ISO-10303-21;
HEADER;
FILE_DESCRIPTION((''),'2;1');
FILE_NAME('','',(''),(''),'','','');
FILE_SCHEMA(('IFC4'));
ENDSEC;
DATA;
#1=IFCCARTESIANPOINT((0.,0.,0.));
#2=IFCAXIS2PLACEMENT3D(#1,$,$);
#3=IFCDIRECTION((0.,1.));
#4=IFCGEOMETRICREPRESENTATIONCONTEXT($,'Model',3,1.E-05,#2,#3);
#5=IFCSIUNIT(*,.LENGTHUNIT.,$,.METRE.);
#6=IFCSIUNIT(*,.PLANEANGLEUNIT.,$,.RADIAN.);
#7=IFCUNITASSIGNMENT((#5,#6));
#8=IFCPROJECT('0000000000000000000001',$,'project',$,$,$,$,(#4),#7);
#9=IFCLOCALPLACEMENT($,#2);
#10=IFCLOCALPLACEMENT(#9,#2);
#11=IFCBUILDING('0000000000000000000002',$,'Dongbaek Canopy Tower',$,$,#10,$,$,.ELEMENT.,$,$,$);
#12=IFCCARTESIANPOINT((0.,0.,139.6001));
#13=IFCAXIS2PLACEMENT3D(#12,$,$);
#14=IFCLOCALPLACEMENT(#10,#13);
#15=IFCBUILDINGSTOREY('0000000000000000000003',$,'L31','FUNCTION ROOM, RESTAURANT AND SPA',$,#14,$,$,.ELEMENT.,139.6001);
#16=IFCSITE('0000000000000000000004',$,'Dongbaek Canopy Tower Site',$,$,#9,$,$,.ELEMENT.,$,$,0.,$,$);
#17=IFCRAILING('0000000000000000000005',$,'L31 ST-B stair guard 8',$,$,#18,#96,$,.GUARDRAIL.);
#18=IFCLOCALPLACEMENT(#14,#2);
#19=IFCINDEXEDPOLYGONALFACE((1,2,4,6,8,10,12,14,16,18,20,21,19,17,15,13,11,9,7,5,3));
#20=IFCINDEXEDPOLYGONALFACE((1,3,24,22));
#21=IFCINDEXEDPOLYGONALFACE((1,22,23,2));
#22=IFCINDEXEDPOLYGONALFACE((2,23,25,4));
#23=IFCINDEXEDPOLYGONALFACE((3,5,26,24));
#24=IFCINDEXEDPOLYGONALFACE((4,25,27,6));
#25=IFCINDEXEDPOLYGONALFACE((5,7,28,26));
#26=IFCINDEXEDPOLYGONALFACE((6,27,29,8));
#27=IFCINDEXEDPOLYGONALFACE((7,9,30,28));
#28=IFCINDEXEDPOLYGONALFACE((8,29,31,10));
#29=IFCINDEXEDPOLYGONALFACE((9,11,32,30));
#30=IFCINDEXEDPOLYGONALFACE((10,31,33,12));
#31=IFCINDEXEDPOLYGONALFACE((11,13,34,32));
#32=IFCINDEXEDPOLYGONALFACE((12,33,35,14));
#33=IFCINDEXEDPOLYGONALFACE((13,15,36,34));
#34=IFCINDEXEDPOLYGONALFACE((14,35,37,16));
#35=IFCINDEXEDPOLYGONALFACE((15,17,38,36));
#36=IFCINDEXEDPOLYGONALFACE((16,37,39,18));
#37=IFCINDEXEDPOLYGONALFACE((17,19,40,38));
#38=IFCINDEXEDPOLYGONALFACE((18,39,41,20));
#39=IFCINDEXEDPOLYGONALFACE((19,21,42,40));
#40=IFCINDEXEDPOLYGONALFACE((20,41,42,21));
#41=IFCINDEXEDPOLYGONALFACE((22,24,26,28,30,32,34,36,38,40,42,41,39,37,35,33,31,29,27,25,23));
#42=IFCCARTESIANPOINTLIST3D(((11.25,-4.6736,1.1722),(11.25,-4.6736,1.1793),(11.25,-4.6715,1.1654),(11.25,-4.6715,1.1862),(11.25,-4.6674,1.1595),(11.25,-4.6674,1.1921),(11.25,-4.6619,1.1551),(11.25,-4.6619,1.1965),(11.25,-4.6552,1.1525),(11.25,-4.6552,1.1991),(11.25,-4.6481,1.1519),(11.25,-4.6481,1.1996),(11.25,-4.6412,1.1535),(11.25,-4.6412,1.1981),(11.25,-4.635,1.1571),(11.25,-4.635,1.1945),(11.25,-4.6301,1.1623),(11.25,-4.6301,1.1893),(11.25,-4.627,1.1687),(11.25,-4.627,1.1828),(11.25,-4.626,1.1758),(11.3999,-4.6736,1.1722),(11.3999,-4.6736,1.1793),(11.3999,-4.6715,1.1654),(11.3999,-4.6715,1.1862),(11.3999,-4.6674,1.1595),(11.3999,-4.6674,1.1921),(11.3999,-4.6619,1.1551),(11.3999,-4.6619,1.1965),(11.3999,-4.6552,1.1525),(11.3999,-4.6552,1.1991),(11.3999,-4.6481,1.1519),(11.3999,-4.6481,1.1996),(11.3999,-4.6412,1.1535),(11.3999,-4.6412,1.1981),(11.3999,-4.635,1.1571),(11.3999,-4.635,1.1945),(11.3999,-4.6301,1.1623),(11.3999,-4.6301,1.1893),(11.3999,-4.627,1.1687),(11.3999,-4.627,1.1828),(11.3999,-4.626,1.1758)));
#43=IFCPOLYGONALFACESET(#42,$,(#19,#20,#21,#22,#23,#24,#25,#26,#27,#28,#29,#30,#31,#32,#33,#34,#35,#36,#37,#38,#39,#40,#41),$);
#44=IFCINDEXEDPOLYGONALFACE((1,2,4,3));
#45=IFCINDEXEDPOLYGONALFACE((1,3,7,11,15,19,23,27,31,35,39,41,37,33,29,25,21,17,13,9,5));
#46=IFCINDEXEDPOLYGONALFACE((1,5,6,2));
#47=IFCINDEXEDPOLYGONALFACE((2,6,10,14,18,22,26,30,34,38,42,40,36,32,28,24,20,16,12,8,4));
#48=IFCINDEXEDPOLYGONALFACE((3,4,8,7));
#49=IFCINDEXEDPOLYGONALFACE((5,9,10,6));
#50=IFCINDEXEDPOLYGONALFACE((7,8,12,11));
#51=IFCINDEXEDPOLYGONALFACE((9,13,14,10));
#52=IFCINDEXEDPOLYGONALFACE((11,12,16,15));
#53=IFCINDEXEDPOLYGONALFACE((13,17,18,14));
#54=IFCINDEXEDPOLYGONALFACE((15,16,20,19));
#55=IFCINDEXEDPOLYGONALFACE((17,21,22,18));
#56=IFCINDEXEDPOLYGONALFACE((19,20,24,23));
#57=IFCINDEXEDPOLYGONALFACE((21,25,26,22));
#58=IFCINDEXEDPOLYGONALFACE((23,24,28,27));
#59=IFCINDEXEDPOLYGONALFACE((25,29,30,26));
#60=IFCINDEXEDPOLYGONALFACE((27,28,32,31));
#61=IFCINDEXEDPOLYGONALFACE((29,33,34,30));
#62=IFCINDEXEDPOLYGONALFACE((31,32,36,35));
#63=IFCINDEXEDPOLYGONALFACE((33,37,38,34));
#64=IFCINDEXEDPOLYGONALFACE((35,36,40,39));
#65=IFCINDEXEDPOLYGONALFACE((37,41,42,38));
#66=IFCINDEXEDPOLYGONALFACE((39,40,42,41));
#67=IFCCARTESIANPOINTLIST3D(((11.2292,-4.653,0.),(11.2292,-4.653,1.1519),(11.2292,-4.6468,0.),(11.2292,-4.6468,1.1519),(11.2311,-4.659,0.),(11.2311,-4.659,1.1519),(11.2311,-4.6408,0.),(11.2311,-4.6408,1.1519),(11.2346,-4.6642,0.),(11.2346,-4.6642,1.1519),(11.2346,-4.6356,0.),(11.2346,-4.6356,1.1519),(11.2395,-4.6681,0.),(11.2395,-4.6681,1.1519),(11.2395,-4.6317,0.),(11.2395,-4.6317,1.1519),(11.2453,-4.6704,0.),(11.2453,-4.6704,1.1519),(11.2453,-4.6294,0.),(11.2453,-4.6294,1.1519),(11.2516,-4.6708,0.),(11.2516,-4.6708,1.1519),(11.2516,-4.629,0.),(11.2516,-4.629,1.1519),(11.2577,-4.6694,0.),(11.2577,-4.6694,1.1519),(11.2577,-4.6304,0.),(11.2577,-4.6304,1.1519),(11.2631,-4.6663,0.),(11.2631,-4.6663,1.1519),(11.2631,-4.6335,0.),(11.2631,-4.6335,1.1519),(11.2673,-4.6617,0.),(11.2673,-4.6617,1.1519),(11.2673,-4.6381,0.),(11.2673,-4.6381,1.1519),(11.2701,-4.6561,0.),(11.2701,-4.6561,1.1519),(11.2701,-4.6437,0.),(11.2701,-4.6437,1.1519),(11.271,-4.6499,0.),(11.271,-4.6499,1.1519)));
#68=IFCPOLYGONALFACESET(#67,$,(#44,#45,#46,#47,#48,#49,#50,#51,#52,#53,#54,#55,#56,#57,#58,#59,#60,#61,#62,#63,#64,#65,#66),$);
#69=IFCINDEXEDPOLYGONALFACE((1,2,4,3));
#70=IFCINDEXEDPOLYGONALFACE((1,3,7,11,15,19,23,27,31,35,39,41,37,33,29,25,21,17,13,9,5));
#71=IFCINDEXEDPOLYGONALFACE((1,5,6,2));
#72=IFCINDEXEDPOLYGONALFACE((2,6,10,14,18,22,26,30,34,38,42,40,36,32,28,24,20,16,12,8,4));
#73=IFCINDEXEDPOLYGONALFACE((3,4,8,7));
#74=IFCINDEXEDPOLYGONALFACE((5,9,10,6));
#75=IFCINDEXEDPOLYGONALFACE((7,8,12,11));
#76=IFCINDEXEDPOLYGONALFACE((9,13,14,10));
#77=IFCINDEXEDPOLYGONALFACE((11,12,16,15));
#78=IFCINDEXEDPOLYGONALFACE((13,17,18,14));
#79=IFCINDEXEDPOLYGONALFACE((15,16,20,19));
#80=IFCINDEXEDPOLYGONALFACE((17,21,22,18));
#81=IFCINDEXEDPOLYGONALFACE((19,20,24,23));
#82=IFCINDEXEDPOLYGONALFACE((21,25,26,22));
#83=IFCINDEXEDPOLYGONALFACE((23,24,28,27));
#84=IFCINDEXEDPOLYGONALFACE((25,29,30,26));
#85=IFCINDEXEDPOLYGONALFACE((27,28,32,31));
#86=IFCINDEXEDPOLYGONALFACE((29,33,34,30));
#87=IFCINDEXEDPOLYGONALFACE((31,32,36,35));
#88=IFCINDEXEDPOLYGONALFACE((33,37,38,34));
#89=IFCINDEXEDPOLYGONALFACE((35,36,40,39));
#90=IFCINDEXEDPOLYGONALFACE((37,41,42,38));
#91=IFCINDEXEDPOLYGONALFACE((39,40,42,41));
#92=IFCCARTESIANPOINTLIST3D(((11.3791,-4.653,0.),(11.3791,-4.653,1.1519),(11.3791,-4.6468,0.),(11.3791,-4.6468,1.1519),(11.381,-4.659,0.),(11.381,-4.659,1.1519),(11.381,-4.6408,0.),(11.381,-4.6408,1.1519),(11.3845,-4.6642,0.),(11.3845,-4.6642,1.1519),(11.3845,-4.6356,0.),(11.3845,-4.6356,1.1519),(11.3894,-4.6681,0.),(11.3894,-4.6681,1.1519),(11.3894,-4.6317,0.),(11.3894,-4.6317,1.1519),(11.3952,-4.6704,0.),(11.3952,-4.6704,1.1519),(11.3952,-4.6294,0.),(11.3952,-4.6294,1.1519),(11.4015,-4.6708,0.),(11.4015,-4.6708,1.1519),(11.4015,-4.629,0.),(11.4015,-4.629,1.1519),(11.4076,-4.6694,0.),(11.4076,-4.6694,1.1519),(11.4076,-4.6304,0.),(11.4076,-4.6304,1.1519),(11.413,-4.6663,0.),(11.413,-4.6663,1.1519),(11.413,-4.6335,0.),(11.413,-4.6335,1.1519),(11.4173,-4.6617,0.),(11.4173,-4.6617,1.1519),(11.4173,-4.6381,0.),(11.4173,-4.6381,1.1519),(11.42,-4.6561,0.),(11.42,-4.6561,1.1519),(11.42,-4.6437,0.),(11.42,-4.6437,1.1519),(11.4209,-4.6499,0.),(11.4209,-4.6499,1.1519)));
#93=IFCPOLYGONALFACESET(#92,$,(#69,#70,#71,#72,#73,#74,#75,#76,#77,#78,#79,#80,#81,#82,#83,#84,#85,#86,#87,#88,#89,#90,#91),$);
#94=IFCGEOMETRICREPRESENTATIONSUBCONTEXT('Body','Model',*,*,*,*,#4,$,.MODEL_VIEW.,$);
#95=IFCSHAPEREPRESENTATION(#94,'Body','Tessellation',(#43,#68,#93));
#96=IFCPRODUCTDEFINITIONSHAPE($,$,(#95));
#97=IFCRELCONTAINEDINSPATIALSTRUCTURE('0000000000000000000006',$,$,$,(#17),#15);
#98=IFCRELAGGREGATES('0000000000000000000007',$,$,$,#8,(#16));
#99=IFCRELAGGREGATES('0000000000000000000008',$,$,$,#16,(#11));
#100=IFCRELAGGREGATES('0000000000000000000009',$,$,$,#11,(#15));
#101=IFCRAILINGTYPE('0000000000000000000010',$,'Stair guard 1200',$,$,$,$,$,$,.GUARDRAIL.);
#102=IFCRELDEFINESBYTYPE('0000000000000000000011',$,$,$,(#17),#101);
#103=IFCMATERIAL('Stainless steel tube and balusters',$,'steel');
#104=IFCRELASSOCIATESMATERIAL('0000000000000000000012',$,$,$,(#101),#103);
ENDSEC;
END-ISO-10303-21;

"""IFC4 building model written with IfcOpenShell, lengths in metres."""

from ifc_helpers import new_model, si_unit, direction, frame, origin, origin_2d, place, context, subcontext, project, spatial, circle, extrude, material, type_object, element, save


model = new_model("IFC4")

# Units and contexts
model_context = context("Model", 3, precision=1e-05, world=origin(), true_north=direction((0.0, 1.0)))
body_context = subcontext(model_context, "Body", "Model", "MODEL_VIEW")
ifc_project = project(units=[si_unit("LENGTHUNIT", "METRE"), si_unit("PLANEANGLEUNIT", "RADIAN")], contexts=[model_context])

# Site, building, storey
site_placement = place(None, origin())
site = spatial("IfcSite", under=ifc_project, at=site_placement, Name="Dongbaek Canopy Tower Site", CompositionType="ELEMENT", RefElevation=0.0)
building_placement = place(site_placement, origin())
building = spatial("IfcBuilding", under=site, at=building_placement, Name="Dongbaek Canopy Tower", CompositionType="ELEMENT")
storey_placement = place(building_placement, frame((0.0, 0.0, 139.6001)))
storey = spatial("IfcBuildingStorey", under=building, at=storey_placement, Name="L31", Description="FUNCTION ROOM, RESTAURANT AND SPA", CompositionType="ELEMENT", Elevation=139.6001)

# Railing
ifc_material_1 = material(Name="Stainless steel tube and balusters", Category="steel")
railing_type_1 = type_object("IfcRailingType", Name="Stair guard 1200", PredefinedType="GUARDRAIL", material=ifc_material_1)
railing_1_placement = place(storey_placement, frame((11.25, -4.6499, 0.0)))
element("IfcRailing", 1, at=railing_1_placement, inside=storey, type_object=railing_type_1, Name="L31 ST-B stair guard 8", PredefinedType="GUARDRAIL", context=body_context, shape_type="SweptSolid", body=[
    extrude(circle(Radius=0.0239, at=origin_2d()), frame((0.0, 0.0, 1.1758), z_axis=(1.0, 0.0, 0.0), x_axis=(0.0, 1.0, 0.0)), (0.0, 0.0, 1.0), 0.1499),
    extrude(circle(Radius=0.021, at=origin_2d()), origin(), (0.0, 0.0, 1.0), 1.1519),
    extrude(circle(Radius=0.021, at=origin_2d()), frame((0.1499, 0.0, 0.0)), (0.0, 0.0, 1.0), 1.1519),
])

save(model, "model.ifc")
